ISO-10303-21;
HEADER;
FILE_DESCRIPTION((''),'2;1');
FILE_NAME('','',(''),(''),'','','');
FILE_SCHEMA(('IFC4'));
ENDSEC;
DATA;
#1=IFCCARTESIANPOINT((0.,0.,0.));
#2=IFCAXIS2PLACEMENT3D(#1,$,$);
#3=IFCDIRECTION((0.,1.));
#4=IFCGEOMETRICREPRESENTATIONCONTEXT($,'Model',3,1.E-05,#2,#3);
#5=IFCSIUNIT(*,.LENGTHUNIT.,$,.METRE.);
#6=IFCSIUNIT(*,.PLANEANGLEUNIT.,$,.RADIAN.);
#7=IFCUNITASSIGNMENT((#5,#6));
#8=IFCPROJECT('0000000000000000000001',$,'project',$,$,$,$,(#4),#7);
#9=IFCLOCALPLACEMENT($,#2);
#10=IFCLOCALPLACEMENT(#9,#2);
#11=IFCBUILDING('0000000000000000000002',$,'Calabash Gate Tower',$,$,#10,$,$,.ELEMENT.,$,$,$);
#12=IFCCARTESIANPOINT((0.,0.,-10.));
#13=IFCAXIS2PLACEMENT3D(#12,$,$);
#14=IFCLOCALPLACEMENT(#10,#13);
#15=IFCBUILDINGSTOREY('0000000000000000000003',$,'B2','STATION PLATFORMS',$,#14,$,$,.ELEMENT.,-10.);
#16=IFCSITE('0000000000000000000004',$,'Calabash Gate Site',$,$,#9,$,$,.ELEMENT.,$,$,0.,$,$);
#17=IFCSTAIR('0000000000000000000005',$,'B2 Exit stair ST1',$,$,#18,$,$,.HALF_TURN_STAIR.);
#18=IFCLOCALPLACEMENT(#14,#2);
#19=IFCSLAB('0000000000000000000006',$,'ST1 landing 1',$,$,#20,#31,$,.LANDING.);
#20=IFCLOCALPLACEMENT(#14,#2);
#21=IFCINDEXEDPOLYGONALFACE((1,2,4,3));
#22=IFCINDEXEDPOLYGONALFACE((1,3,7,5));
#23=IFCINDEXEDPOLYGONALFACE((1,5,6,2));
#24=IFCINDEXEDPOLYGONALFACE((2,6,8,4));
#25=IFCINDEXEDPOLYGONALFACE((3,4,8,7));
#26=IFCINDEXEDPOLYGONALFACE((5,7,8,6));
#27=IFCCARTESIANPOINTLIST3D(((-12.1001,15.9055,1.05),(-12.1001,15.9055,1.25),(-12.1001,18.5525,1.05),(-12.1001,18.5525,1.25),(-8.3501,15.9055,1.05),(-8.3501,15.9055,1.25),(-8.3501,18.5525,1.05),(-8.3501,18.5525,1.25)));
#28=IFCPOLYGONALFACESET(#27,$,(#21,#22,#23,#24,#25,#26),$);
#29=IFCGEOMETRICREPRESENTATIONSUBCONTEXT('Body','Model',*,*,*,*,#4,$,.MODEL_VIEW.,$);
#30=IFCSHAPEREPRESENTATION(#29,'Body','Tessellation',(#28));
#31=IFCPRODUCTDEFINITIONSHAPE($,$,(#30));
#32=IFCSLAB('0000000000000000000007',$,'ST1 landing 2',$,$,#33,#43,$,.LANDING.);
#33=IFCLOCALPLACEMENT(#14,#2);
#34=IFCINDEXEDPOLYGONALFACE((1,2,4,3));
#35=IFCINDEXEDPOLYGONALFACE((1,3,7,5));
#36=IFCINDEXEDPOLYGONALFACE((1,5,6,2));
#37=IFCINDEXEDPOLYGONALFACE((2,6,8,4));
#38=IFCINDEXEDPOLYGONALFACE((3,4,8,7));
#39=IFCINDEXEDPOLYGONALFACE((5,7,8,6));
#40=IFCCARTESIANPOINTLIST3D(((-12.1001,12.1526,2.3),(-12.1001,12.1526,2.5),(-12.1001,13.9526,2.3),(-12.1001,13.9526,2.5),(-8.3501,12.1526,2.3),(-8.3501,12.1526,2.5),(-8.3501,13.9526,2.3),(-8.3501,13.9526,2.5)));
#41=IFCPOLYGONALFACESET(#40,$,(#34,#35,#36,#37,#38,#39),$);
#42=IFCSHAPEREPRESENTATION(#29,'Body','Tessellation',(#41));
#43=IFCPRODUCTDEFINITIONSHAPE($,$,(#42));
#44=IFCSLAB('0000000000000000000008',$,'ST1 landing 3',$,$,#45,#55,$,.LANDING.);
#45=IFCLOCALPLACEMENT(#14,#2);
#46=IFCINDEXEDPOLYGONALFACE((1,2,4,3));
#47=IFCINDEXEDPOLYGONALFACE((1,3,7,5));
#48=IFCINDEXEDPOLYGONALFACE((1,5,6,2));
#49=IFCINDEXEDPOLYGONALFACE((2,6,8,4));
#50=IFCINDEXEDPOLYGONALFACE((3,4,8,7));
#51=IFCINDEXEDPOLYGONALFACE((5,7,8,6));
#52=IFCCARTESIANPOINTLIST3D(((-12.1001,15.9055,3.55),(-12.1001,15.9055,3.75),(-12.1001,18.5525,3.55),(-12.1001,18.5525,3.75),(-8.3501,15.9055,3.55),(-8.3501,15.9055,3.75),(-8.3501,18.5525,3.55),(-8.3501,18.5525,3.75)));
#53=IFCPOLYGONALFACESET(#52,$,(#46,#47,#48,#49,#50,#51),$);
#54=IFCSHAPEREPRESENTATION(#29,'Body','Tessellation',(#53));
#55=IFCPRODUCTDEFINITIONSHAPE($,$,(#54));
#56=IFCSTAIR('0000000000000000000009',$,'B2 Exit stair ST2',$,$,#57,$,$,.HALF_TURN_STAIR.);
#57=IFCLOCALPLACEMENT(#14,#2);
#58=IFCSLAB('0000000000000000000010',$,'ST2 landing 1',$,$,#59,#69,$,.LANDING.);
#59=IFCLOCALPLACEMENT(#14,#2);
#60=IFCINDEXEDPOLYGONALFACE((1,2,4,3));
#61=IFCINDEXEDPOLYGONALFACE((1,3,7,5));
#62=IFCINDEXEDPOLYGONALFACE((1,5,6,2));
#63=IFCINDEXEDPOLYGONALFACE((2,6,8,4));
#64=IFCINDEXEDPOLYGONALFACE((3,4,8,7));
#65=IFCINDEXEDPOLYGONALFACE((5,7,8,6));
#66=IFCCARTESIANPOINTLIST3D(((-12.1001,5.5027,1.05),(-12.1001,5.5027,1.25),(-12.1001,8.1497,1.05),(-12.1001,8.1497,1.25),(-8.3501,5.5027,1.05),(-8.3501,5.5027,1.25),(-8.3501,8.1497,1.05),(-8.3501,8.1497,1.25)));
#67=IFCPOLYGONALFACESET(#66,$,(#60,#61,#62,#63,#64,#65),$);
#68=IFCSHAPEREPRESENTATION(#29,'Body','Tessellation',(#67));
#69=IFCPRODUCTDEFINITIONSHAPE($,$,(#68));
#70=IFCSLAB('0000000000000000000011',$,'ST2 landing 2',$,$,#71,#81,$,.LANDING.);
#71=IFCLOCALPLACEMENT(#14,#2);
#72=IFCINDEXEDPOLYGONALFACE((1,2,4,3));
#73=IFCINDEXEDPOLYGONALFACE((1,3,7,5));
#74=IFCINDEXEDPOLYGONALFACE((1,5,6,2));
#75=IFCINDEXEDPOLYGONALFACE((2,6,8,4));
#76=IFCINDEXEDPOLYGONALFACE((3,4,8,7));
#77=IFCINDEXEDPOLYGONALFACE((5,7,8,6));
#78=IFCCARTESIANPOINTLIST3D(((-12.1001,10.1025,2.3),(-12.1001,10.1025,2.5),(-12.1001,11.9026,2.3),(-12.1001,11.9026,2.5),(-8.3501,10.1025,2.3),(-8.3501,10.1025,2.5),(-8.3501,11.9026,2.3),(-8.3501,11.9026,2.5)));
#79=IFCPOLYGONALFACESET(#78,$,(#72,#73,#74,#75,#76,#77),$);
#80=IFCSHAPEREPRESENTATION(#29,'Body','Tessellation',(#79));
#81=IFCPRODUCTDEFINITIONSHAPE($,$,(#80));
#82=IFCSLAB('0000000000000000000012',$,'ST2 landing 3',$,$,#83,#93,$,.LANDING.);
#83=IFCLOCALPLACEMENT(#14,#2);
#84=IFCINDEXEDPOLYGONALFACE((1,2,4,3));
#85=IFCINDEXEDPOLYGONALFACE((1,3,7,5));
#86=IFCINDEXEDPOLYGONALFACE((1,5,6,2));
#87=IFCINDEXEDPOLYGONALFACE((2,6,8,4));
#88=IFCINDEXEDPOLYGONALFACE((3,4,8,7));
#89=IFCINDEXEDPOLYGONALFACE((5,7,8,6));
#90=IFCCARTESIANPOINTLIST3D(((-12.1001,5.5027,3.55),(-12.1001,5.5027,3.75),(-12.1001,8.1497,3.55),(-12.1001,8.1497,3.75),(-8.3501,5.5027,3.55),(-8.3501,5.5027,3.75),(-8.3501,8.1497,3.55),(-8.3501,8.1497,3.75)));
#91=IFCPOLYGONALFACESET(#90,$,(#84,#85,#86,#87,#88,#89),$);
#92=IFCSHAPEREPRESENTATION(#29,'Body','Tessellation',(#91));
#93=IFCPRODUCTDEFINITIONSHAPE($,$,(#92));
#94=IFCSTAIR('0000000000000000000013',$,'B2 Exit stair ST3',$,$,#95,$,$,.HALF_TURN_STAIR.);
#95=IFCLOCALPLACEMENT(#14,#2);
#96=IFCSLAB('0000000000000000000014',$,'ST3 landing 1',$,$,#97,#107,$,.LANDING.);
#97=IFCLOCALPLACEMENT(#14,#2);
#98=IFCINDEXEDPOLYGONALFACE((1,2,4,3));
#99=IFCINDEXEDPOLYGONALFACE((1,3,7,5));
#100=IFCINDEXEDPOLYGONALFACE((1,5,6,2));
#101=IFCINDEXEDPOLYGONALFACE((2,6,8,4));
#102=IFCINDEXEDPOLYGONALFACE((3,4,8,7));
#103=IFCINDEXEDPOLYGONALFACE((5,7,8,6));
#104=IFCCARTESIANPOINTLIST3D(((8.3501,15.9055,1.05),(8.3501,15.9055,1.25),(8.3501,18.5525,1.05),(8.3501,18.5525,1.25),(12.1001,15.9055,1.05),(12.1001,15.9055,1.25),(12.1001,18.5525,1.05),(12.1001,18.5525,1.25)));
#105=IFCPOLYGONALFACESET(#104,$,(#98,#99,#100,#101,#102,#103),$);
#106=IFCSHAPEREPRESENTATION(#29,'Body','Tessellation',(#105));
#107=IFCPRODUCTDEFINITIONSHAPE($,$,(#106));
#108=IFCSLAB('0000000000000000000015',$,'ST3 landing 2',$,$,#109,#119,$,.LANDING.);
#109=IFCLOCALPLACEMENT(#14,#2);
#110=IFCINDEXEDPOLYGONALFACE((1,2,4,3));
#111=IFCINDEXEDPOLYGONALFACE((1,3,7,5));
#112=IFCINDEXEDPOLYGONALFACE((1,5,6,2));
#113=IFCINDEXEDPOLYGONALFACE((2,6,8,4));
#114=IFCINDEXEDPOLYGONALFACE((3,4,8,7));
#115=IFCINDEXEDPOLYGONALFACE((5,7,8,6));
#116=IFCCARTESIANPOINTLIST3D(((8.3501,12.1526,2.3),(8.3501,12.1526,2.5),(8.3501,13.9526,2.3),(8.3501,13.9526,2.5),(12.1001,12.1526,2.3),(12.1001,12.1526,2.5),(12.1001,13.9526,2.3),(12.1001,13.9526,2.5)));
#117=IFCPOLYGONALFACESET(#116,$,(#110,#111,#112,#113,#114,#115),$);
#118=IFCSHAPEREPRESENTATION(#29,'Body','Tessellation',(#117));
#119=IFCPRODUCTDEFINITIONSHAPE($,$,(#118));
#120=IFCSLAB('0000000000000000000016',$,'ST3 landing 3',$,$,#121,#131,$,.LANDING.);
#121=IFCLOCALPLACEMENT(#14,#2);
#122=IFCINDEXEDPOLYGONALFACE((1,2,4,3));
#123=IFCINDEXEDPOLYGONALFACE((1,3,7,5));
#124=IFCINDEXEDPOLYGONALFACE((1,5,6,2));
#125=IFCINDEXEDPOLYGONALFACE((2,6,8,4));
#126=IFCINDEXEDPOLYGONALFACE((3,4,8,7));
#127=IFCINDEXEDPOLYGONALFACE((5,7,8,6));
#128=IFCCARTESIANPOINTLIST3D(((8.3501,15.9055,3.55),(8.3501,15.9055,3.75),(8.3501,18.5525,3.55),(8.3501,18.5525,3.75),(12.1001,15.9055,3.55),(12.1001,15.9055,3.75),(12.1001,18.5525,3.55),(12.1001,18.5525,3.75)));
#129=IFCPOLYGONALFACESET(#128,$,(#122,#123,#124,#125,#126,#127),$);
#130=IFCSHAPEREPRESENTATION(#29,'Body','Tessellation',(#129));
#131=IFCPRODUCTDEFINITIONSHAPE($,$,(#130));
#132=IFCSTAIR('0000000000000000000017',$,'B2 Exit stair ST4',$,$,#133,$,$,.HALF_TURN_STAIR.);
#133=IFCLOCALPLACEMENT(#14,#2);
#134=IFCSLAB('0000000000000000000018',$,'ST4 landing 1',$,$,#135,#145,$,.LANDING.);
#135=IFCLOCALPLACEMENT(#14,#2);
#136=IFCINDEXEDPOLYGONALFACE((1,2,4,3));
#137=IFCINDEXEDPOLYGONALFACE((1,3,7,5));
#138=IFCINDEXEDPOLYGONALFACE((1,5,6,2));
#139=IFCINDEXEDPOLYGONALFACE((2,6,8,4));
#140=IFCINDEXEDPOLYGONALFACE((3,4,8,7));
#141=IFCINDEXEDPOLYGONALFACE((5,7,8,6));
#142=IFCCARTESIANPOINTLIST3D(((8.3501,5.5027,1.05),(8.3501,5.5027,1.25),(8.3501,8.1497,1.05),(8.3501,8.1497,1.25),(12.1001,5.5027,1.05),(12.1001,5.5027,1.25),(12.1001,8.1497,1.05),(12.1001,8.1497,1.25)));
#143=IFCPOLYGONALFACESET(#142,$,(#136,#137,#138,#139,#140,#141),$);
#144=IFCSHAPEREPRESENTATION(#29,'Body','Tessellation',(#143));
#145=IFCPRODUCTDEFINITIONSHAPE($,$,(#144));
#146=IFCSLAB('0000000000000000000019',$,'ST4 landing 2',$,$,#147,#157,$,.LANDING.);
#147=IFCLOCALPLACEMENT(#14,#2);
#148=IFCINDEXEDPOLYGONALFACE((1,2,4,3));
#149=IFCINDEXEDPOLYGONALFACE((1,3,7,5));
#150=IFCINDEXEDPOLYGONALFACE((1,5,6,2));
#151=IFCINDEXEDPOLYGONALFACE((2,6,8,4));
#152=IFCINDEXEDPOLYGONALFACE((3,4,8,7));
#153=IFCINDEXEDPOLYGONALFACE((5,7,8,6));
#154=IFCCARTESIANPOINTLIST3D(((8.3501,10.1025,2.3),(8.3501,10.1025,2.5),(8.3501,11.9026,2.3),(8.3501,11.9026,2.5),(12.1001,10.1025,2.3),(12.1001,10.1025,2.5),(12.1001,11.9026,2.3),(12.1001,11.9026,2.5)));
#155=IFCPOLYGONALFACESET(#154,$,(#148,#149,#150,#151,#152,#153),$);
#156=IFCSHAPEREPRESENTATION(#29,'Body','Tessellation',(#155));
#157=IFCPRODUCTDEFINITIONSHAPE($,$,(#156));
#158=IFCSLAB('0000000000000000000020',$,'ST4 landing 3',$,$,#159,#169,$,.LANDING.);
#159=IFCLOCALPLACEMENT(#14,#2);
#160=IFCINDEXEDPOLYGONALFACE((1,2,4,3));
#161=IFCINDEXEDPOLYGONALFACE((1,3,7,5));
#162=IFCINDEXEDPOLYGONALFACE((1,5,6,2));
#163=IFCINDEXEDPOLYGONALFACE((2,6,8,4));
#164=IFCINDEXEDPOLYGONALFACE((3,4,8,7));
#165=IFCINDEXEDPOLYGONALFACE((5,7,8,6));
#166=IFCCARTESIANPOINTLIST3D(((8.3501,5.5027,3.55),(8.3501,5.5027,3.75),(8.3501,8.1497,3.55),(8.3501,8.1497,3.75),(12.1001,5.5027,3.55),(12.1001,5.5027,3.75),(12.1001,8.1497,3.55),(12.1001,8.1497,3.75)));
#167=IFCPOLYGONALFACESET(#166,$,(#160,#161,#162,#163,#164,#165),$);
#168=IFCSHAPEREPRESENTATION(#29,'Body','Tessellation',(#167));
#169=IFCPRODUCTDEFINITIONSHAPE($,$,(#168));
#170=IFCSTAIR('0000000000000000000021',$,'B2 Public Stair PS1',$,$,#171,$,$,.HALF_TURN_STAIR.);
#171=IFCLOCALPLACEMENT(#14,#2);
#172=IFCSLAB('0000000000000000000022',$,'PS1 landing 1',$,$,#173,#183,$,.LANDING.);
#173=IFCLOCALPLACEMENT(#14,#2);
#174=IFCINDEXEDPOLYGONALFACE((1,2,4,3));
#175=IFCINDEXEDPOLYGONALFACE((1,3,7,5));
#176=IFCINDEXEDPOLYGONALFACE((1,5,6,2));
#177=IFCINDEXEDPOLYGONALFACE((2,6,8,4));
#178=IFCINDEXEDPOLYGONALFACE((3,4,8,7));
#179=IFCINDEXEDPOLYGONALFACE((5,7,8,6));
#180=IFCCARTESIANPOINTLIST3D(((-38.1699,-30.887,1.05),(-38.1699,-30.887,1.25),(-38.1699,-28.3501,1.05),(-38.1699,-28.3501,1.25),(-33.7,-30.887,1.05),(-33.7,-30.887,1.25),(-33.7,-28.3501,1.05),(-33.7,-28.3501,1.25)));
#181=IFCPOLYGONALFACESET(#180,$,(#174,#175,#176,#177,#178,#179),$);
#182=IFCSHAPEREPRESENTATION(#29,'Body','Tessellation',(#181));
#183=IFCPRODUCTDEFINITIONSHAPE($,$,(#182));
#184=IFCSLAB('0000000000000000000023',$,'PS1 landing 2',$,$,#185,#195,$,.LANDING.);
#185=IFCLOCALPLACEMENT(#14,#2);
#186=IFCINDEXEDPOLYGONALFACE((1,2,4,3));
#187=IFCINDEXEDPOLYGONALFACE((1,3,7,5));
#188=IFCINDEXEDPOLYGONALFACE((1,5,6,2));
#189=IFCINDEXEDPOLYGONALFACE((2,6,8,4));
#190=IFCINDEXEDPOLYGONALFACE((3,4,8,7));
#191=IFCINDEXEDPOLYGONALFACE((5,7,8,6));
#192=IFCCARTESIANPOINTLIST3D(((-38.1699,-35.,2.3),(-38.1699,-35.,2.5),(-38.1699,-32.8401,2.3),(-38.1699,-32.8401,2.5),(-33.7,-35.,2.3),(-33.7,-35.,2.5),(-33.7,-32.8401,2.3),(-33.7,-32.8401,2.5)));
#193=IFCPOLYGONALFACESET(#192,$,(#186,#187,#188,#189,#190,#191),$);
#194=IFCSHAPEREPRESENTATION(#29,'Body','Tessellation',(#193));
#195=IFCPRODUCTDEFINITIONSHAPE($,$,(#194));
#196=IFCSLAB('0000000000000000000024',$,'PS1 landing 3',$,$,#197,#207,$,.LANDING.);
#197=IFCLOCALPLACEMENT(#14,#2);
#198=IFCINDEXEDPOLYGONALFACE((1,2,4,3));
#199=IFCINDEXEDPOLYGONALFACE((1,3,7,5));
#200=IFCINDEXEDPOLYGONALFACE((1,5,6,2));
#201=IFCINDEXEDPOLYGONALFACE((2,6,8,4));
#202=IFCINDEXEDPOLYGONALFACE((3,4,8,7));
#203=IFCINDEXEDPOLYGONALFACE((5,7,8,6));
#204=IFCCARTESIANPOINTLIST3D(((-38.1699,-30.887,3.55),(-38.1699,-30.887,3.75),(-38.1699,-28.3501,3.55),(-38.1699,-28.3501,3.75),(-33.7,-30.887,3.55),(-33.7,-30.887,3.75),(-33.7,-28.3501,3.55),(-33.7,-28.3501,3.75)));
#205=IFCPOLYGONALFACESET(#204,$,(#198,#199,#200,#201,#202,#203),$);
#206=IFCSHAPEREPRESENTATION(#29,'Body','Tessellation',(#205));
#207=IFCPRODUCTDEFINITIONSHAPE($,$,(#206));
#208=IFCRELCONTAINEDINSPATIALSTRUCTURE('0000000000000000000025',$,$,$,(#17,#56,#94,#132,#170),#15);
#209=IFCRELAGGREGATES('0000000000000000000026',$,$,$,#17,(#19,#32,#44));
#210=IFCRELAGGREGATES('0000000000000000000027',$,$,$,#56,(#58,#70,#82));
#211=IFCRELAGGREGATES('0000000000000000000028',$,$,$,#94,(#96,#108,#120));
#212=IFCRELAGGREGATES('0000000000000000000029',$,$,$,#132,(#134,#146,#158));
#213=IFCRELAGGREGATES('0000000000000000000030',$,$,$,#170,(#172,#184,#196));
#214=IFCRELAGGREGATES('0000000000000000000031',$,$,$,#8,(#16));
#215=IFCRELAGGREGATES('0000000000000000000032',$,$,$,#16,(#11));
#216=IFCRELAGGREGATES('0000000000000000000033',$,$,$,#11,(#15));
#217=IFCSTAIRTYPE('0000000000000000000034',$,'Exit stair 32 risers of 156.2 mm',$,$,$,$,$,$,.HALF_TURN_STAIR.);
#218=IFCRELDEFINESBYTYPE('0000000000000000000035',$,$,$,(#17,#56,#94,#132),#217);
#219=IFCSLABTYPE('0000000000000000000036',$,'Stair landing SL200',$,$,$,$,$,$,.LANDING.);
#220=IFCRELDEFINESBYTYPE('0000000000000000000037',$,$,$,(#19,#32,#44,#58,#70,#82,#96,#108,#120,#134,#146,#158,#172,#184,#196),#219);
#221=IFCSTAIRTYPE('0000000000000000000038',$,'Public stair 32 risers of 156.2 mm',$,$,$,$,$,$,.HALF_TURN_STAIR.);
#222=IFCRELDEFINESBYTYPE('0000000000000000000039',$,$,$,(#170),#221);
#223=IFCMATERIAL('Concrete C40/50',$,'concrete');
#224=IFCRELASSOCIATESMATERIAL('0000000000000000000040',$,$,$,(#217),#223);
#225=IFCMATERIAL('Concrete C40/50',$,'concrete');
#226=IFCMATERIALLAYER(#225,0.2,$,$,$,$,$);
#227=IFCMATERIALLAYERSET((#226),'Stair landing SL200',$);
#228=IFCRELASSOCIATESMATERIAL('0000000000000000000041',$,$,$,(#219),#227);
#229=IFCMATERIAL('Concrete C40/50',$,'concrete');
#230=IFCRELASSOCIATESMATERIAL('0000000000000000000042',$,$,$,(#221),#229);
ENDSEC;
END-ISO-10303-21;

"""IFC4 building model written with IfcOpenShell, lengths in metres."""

from ifc_helpers import new_model, si_unit, direction, frame, origin, place, context, subcontext, project, spatial, polyline, outline, extrude, material, layer, layer_set, type_object, element, aggregate, save


model = new_model("IFC4")

# Units and contexts
model_context = context("Model", 3, precision=1e-05, world=origin(), true_north=direction((0.0, 1.0)))
body_context = subcontext(model_context, "Body", "Model", "MODEL_VIEW")
ifc_project = project(units=[si_unit("LENGTHUNIT", "METRE"), si_unit("PLANEANGLEUNIT", "RADIAN")], contexts=[model_context])

# Site, building, storey
site_placement = place(None, origin())
site = spatial("IfcSite", under=ifc_project, at=site_placement, Name="Calabash Gate Site", CompositionType="ELEMENT", RefElevation=0.0)
building_placement = place(site_placement, origin())
building = spatial("IfcBuilding", under=site, at=building_placement, Name="Calabash Gate Tower", CompositionType="ELEMENT")
storey_placement = place(building_placement, frame((0.0, 0.0, -10.0)))
storey = spatial("IfcBuildingStorey", under=building, at=storey_placement, Name="B2", Description="STATION PLATFORMS", CompositionType="ELEMENT", Elevation=-10.0)

# Stairs, slabs
ifc_material_1 = material(Name="Concrete C40/50", Category="concrete")
stair_type_1 = type_object("IfcStairType", Name="Exit stair 32 risers of 156.2 mm", PredefinedType="HALF_TURN_STAIR", material=ifc_material_1)
stair_1_placement = place(storey_placement, origin())
stair_1 = element("IfcStair", 1, at=stair_1_placement, inside=storey, type_object=stair_type_1, Name="B2 Exit stair ST1", PredefinedType="HALF_TURN_STAIR")
ifc_material_2 = material(Name="Concrete C40/50", Category="concrete")
ifc_layer = layer(ifc_material_2, 0.2)
ifc_layer_set = layer_set([ifc_layer], Name="Stair landing SL200")
slab_type = type_object("IfcSlabType", Name="Stair landing SL200", PredefinedType="LANDING", material=ifc_layer_set)
slab_1_placement = place(storey_placement, frame((0.0, 0.0, 1.05)))
slab_1 = element("IfcSlab", 2, at=slab_1_placement, type_object=slab_type, Name="ST1 landing 1", PredefinedType="LANDING", context=body_context, shape_type="SweptSolid", body=[
    extrude(outline(polyline([(-8.3501, 15.9055), (-8.3501, 18.5525), (-12.1001, 18.5525), (-12.1001, 15.9055), (-8.3501, 15.9055)])), origin(), (0.0, 0.0, 1.0), 0.2),
])
slab_2_placement = place(storey_placement, frame((0.0, 0.0, 2.3)))
slab_2 = element("IfcSlab", 3, at=slab_2_placement, type_object=slab_type, Name="ST1 landing 2", PredefinedType="LANDING", context=body_context, shape_type="SweptSolid", body=[
    extrude(outline(polyline([(-8.3501, 12.1526), (-8.3501, 13.9526), (-12.1001, 13.9526), (-12.1001, 12.1526), (-8.3501, 12.1526)])), origin(), (0.0, 0.0, 1.0), 0.2),
])
slab_3_placement = place(storey_placement, frame((0.0, 0.0, 3.55)))
slab_3 = element("IfcSlab", 4, at=slab_3_placement, type_object=slab_type, Name="ST1 landing 3", PredefinedType="LANDING", context=body_context, shape_type="SweptSolid", body=[
    extrude(outline(polyline([(-8.3501, 15.9055), (-8.3501, 18.5525), (-12.1001, 18.5525), (-12.1001, 15.9055), (-8.3501, 15.9055)])), origin(), (0.0, 0.0, 1.0), 0.2),
])
aggregate(stair_1, [slab_1, slab_2, slab_3])
stair_2_placement = place(storey_placement, origin())
stair_2 = element("IfcStair", 5, at=stair_2_placement, inside=storey, type_object=stair_type_1, Name="B2 Exit stair ST2", PredefinedType="HALF_TURN_STAIR")
slab_4_placement = place(storey_placement, frame((0.0, 0.0, 1.05)))
slab_4 = element("IfcSlab", 6, at=slab_4_placement, type_object=slab_type, Name="ST2 landing 1", PredefinedType="LANDING", context=body_context, shape_type="SweptSolid", body=[
    extrude(outline(polyline([(-12.1001, 8.1497), (-12.1001, 5.5027), (-8.3501, 5.5027), (-8.3501, 8.1497), (-12.1001, 8.1497)])), origin(), (0.0, 0.0, 1.0), 0.2),
])
slab_5_placement = place(storey_placement, frame((0.0, 0.0, 2.3)))
slab_5 = element("IfcSlab", 7, at=slab_5_placement, type_object=slab_type, Name="ST2 landing 2", PredefinedType="LANDING", context=body_context, shape_type="SweptSolid", body=[
    extrude(outline(polyline([(-12.1001, 11.9026), (-12.1001, 10.1025), (-8.3501, 10.1025), (-8.3501, 11.9026), (-12.1001, 11.9026)])), origin(), (0.0, 0.0, 1.0), 0.2),
])
slab_6_placement = place(storey_placement, frame((0.0, 0.0, 3.55)))
slab_6 = element("IfcSlab", 8, at=slab_6_placement, type_object=slab_type, Name="ST2 landing 3", PredefinedType="LANDING", context=body_context, shape_type="SweptSolid", body=[
    extrude(outline(polyline([(-12.1001, 8.1497), (-12.1001, 5.5027), (-8.3501, 5.5027), (-8.3501, 8.1497), (-12.1001, 8.1497)])), origin(), (0.0, 0.0, 1.0), 0.2),
])
aggregate(stair_2, [slab_4, slab_5, slab_6])
stair_3_placement = place(storey_placement, origin())
stair_3 = element("IfcStair", 9, at=stair_3_placement, inside=storey, type_object=stair_type_1, Name="B2 Exit stair ST3", PredefinedType="HALF_TURN_STAIR")
slab_7_placement = place(storey_placement, frame((0.0, 0.0, 1.05)))
slab_7 = element("IfcSlab", 10, at=slab_7_placement, type_object=slab_type, Name="ST3 landing 1", PredefinedType="LANDING", context=body_context, shape_type="SweptSolid", body=[
    extrude(outline(polyline([(12.1001, 15.9055), (12.1001, 18.5525), (8.3501, 18.5525), (8.3501, 15.9055), (12.1001, 15.9055)])), origin(), (0.0, 0.0, 1.0), 0.2),
])
slab_8_placement = place(storey_placement, frame((0.0, 0.0, 2.3)))
slab_8 = element("IfcSlab", 11, at=slab_8_placement, type_object=slab_type, Name="ST3 landing 2", PredefinedType="LANDING", context=body_context, shape_type="SweptSolid", body=[
    extrude(outline(polyline([(12.1001, 12.1526), (12.1001, 13.9526), (8.3501, 13.9526), (8.3501, 12.1526), (12.1001, 12.1526)])), origin(), (0.0, 0.0, 1.0), 0.2),
])
slab_9_placement = place(storey_placement, frame((0.0, 0.0, 3.55)))
slab_9 = element("IfcSlab", 12, at=slab_9_placement, type_object=slab_type, Name="ST3 landing 3", PredefinedType="LANDING", context=body_context, shape_type="SweptSolid", body=[
    extrude(outline(polyline([(12.1001, 15.9055), (12.1001, 18.5525), (8.3501, 18.5525), (8.3501, 15.9055), (12.1001, 15.9055)])), origin(), (0.0, 0.0, 1.0), 0.2),
])
aggregate(stair_3, [slab_7, slab_8, slab_9])
stair_4_placement = place(storey_placement, origin())
stair_4 = element("IfcStair", 13, at=stair_4_placement, inside=storey, type_object=stair_type_1, Name="B2 Exit stair ST4", PredefinedType="HALF_TURN_STAIR")
slab_10_placement = place(storey_placement, frame((0.0, 0.0, 1.05)))
slab_10 = element("IfcSlab", 14, at=slab_10_placement, type_object=slab_type, Name="ST4 landing 1", PredefinedType="LANDING", context=body_context, shape_type="SweptSolid", body=[
    extrude(outline(polyline([(8.3501, 8.1497), (8.3501, 5.5027), (12.1001, 5.5027), (12.1001, 8.1497), (8.3501, 8.1497)])), origin(), (0.0, 0.0, 1.0), 0.2),
])
slab_11_placement = place(storey_placement, frame((0.0, 0.0, 2.3)))
slab_11 = element("IfcSlab", 15, at=slab_11_placement, type_object=slab_type, Name="ST4 landing 2", PredefinedType="LANDING", context=body_context, shape_type="SweptSolid", body=[
    extrude(outline(polyline([(8.3501, 11.9026), (8.3501, 10.1025), (12.1001, 10.1025), (12.1001, 11.9026), (8.3501, 11.9026)])), origin(), (0.0, 0.0, 1.0), 0.2),
])
slab_12_placement = place(storey_placement, frame((0.0, 0.0, 3.55)))
slab_12 = element("IfcSlab", 16, at=slab_12_placement, type_object=slab_type, Name="ST4 landing 3", PredefinedType="LANDING", context=body_context, shape_type="SweptSolid", body=[
    extrude(outline(polyline([(8.3501, 8.1497), (8.3501, 5.5027), (12.1001, 5.5027), (12.1001, 8.1497), (8.3501, 8.1497)])), origin(), (0.0, 0.0, 1.0), 0.2),
])
aggregate(stair_4, [slab_10, slab_11, slab_12])
ifc_material_3 = material(Name="Concrete C40/50", Category="concrete")
stair_type_2 = type_object("IfcStairType", Name="Public stair 32 risers of 156.2 mm", PredefinedType="HALF_TURN_STAIR", material=ifc_material_3)
stair_5_placement = place(storey_placement, origin())
stair_5 = element("IfcStair", 17, at=stair_5_placement, inside=storey, type_object=stair_type_2, Name="B2 Public Stair PS1", PredefinedType="HALF_TURN_STAIR")
slab_13_placement = place(storey_placement, frame((0.0, 0.0, 1.05)))
slab_13 = element("IfcSlab", 18, at=slab_13_placement, type_object=slab_type, Name="PS1 landing 1", PredefinedType="LANDING", context=body_context, shape_type="SweptSolid", body=[
    extrude(outline(polyline([(-33.7, -30.887), (-33.7, -28.3501), (-38.1699, -28.3501), (-38.1699, -30.887), (-33.7, -30.887)])), origin(), (0.0, 0.0, 1.0), 0.2),
])
slab_14_placement = place(storey_placement, frame((0.0, 0.0, 2.3)))
slab_14 = element("IfcSlab", 19, at=slab_14_placement, type_object=slab_type, Name="PS1 landing 2", PredefinedType="LANDING", context=body_context, shape_type="SweptSolid", body=[
    extrude(outline(polyline([(-33.7, -35.0), (-33.7, -32.8401), (-38.1699, -32.8401), (-38.1699, -35.0), (-33.7, -35.0)])), origin(), (0.0, 0.0, 1.0), 0.2),
])
slab_15_placement = place(storey_placement, frame((0.0, 0.0, 3.55)))
slab_15 = element("IfcSlab", 20, at=slab_15_placement, type_object=slab_type, Name="PS1 landing 3", PredefinedType="LANDING", context=body_context, shape_type="SweptSolid", body=[
    extrude(outline(polyline([(-33.7, -30.887), (-33.7, -28.3501), (-38.1699, -28.3501), (-38.1699, -30.887), (-33.7, -30.887)])), origin(), (0.0, 0.0, 1.0), 0.2),
])
aggregate(stair_5, [slab_13, slab_14, slab_15])

save(model, "model.ifc")
